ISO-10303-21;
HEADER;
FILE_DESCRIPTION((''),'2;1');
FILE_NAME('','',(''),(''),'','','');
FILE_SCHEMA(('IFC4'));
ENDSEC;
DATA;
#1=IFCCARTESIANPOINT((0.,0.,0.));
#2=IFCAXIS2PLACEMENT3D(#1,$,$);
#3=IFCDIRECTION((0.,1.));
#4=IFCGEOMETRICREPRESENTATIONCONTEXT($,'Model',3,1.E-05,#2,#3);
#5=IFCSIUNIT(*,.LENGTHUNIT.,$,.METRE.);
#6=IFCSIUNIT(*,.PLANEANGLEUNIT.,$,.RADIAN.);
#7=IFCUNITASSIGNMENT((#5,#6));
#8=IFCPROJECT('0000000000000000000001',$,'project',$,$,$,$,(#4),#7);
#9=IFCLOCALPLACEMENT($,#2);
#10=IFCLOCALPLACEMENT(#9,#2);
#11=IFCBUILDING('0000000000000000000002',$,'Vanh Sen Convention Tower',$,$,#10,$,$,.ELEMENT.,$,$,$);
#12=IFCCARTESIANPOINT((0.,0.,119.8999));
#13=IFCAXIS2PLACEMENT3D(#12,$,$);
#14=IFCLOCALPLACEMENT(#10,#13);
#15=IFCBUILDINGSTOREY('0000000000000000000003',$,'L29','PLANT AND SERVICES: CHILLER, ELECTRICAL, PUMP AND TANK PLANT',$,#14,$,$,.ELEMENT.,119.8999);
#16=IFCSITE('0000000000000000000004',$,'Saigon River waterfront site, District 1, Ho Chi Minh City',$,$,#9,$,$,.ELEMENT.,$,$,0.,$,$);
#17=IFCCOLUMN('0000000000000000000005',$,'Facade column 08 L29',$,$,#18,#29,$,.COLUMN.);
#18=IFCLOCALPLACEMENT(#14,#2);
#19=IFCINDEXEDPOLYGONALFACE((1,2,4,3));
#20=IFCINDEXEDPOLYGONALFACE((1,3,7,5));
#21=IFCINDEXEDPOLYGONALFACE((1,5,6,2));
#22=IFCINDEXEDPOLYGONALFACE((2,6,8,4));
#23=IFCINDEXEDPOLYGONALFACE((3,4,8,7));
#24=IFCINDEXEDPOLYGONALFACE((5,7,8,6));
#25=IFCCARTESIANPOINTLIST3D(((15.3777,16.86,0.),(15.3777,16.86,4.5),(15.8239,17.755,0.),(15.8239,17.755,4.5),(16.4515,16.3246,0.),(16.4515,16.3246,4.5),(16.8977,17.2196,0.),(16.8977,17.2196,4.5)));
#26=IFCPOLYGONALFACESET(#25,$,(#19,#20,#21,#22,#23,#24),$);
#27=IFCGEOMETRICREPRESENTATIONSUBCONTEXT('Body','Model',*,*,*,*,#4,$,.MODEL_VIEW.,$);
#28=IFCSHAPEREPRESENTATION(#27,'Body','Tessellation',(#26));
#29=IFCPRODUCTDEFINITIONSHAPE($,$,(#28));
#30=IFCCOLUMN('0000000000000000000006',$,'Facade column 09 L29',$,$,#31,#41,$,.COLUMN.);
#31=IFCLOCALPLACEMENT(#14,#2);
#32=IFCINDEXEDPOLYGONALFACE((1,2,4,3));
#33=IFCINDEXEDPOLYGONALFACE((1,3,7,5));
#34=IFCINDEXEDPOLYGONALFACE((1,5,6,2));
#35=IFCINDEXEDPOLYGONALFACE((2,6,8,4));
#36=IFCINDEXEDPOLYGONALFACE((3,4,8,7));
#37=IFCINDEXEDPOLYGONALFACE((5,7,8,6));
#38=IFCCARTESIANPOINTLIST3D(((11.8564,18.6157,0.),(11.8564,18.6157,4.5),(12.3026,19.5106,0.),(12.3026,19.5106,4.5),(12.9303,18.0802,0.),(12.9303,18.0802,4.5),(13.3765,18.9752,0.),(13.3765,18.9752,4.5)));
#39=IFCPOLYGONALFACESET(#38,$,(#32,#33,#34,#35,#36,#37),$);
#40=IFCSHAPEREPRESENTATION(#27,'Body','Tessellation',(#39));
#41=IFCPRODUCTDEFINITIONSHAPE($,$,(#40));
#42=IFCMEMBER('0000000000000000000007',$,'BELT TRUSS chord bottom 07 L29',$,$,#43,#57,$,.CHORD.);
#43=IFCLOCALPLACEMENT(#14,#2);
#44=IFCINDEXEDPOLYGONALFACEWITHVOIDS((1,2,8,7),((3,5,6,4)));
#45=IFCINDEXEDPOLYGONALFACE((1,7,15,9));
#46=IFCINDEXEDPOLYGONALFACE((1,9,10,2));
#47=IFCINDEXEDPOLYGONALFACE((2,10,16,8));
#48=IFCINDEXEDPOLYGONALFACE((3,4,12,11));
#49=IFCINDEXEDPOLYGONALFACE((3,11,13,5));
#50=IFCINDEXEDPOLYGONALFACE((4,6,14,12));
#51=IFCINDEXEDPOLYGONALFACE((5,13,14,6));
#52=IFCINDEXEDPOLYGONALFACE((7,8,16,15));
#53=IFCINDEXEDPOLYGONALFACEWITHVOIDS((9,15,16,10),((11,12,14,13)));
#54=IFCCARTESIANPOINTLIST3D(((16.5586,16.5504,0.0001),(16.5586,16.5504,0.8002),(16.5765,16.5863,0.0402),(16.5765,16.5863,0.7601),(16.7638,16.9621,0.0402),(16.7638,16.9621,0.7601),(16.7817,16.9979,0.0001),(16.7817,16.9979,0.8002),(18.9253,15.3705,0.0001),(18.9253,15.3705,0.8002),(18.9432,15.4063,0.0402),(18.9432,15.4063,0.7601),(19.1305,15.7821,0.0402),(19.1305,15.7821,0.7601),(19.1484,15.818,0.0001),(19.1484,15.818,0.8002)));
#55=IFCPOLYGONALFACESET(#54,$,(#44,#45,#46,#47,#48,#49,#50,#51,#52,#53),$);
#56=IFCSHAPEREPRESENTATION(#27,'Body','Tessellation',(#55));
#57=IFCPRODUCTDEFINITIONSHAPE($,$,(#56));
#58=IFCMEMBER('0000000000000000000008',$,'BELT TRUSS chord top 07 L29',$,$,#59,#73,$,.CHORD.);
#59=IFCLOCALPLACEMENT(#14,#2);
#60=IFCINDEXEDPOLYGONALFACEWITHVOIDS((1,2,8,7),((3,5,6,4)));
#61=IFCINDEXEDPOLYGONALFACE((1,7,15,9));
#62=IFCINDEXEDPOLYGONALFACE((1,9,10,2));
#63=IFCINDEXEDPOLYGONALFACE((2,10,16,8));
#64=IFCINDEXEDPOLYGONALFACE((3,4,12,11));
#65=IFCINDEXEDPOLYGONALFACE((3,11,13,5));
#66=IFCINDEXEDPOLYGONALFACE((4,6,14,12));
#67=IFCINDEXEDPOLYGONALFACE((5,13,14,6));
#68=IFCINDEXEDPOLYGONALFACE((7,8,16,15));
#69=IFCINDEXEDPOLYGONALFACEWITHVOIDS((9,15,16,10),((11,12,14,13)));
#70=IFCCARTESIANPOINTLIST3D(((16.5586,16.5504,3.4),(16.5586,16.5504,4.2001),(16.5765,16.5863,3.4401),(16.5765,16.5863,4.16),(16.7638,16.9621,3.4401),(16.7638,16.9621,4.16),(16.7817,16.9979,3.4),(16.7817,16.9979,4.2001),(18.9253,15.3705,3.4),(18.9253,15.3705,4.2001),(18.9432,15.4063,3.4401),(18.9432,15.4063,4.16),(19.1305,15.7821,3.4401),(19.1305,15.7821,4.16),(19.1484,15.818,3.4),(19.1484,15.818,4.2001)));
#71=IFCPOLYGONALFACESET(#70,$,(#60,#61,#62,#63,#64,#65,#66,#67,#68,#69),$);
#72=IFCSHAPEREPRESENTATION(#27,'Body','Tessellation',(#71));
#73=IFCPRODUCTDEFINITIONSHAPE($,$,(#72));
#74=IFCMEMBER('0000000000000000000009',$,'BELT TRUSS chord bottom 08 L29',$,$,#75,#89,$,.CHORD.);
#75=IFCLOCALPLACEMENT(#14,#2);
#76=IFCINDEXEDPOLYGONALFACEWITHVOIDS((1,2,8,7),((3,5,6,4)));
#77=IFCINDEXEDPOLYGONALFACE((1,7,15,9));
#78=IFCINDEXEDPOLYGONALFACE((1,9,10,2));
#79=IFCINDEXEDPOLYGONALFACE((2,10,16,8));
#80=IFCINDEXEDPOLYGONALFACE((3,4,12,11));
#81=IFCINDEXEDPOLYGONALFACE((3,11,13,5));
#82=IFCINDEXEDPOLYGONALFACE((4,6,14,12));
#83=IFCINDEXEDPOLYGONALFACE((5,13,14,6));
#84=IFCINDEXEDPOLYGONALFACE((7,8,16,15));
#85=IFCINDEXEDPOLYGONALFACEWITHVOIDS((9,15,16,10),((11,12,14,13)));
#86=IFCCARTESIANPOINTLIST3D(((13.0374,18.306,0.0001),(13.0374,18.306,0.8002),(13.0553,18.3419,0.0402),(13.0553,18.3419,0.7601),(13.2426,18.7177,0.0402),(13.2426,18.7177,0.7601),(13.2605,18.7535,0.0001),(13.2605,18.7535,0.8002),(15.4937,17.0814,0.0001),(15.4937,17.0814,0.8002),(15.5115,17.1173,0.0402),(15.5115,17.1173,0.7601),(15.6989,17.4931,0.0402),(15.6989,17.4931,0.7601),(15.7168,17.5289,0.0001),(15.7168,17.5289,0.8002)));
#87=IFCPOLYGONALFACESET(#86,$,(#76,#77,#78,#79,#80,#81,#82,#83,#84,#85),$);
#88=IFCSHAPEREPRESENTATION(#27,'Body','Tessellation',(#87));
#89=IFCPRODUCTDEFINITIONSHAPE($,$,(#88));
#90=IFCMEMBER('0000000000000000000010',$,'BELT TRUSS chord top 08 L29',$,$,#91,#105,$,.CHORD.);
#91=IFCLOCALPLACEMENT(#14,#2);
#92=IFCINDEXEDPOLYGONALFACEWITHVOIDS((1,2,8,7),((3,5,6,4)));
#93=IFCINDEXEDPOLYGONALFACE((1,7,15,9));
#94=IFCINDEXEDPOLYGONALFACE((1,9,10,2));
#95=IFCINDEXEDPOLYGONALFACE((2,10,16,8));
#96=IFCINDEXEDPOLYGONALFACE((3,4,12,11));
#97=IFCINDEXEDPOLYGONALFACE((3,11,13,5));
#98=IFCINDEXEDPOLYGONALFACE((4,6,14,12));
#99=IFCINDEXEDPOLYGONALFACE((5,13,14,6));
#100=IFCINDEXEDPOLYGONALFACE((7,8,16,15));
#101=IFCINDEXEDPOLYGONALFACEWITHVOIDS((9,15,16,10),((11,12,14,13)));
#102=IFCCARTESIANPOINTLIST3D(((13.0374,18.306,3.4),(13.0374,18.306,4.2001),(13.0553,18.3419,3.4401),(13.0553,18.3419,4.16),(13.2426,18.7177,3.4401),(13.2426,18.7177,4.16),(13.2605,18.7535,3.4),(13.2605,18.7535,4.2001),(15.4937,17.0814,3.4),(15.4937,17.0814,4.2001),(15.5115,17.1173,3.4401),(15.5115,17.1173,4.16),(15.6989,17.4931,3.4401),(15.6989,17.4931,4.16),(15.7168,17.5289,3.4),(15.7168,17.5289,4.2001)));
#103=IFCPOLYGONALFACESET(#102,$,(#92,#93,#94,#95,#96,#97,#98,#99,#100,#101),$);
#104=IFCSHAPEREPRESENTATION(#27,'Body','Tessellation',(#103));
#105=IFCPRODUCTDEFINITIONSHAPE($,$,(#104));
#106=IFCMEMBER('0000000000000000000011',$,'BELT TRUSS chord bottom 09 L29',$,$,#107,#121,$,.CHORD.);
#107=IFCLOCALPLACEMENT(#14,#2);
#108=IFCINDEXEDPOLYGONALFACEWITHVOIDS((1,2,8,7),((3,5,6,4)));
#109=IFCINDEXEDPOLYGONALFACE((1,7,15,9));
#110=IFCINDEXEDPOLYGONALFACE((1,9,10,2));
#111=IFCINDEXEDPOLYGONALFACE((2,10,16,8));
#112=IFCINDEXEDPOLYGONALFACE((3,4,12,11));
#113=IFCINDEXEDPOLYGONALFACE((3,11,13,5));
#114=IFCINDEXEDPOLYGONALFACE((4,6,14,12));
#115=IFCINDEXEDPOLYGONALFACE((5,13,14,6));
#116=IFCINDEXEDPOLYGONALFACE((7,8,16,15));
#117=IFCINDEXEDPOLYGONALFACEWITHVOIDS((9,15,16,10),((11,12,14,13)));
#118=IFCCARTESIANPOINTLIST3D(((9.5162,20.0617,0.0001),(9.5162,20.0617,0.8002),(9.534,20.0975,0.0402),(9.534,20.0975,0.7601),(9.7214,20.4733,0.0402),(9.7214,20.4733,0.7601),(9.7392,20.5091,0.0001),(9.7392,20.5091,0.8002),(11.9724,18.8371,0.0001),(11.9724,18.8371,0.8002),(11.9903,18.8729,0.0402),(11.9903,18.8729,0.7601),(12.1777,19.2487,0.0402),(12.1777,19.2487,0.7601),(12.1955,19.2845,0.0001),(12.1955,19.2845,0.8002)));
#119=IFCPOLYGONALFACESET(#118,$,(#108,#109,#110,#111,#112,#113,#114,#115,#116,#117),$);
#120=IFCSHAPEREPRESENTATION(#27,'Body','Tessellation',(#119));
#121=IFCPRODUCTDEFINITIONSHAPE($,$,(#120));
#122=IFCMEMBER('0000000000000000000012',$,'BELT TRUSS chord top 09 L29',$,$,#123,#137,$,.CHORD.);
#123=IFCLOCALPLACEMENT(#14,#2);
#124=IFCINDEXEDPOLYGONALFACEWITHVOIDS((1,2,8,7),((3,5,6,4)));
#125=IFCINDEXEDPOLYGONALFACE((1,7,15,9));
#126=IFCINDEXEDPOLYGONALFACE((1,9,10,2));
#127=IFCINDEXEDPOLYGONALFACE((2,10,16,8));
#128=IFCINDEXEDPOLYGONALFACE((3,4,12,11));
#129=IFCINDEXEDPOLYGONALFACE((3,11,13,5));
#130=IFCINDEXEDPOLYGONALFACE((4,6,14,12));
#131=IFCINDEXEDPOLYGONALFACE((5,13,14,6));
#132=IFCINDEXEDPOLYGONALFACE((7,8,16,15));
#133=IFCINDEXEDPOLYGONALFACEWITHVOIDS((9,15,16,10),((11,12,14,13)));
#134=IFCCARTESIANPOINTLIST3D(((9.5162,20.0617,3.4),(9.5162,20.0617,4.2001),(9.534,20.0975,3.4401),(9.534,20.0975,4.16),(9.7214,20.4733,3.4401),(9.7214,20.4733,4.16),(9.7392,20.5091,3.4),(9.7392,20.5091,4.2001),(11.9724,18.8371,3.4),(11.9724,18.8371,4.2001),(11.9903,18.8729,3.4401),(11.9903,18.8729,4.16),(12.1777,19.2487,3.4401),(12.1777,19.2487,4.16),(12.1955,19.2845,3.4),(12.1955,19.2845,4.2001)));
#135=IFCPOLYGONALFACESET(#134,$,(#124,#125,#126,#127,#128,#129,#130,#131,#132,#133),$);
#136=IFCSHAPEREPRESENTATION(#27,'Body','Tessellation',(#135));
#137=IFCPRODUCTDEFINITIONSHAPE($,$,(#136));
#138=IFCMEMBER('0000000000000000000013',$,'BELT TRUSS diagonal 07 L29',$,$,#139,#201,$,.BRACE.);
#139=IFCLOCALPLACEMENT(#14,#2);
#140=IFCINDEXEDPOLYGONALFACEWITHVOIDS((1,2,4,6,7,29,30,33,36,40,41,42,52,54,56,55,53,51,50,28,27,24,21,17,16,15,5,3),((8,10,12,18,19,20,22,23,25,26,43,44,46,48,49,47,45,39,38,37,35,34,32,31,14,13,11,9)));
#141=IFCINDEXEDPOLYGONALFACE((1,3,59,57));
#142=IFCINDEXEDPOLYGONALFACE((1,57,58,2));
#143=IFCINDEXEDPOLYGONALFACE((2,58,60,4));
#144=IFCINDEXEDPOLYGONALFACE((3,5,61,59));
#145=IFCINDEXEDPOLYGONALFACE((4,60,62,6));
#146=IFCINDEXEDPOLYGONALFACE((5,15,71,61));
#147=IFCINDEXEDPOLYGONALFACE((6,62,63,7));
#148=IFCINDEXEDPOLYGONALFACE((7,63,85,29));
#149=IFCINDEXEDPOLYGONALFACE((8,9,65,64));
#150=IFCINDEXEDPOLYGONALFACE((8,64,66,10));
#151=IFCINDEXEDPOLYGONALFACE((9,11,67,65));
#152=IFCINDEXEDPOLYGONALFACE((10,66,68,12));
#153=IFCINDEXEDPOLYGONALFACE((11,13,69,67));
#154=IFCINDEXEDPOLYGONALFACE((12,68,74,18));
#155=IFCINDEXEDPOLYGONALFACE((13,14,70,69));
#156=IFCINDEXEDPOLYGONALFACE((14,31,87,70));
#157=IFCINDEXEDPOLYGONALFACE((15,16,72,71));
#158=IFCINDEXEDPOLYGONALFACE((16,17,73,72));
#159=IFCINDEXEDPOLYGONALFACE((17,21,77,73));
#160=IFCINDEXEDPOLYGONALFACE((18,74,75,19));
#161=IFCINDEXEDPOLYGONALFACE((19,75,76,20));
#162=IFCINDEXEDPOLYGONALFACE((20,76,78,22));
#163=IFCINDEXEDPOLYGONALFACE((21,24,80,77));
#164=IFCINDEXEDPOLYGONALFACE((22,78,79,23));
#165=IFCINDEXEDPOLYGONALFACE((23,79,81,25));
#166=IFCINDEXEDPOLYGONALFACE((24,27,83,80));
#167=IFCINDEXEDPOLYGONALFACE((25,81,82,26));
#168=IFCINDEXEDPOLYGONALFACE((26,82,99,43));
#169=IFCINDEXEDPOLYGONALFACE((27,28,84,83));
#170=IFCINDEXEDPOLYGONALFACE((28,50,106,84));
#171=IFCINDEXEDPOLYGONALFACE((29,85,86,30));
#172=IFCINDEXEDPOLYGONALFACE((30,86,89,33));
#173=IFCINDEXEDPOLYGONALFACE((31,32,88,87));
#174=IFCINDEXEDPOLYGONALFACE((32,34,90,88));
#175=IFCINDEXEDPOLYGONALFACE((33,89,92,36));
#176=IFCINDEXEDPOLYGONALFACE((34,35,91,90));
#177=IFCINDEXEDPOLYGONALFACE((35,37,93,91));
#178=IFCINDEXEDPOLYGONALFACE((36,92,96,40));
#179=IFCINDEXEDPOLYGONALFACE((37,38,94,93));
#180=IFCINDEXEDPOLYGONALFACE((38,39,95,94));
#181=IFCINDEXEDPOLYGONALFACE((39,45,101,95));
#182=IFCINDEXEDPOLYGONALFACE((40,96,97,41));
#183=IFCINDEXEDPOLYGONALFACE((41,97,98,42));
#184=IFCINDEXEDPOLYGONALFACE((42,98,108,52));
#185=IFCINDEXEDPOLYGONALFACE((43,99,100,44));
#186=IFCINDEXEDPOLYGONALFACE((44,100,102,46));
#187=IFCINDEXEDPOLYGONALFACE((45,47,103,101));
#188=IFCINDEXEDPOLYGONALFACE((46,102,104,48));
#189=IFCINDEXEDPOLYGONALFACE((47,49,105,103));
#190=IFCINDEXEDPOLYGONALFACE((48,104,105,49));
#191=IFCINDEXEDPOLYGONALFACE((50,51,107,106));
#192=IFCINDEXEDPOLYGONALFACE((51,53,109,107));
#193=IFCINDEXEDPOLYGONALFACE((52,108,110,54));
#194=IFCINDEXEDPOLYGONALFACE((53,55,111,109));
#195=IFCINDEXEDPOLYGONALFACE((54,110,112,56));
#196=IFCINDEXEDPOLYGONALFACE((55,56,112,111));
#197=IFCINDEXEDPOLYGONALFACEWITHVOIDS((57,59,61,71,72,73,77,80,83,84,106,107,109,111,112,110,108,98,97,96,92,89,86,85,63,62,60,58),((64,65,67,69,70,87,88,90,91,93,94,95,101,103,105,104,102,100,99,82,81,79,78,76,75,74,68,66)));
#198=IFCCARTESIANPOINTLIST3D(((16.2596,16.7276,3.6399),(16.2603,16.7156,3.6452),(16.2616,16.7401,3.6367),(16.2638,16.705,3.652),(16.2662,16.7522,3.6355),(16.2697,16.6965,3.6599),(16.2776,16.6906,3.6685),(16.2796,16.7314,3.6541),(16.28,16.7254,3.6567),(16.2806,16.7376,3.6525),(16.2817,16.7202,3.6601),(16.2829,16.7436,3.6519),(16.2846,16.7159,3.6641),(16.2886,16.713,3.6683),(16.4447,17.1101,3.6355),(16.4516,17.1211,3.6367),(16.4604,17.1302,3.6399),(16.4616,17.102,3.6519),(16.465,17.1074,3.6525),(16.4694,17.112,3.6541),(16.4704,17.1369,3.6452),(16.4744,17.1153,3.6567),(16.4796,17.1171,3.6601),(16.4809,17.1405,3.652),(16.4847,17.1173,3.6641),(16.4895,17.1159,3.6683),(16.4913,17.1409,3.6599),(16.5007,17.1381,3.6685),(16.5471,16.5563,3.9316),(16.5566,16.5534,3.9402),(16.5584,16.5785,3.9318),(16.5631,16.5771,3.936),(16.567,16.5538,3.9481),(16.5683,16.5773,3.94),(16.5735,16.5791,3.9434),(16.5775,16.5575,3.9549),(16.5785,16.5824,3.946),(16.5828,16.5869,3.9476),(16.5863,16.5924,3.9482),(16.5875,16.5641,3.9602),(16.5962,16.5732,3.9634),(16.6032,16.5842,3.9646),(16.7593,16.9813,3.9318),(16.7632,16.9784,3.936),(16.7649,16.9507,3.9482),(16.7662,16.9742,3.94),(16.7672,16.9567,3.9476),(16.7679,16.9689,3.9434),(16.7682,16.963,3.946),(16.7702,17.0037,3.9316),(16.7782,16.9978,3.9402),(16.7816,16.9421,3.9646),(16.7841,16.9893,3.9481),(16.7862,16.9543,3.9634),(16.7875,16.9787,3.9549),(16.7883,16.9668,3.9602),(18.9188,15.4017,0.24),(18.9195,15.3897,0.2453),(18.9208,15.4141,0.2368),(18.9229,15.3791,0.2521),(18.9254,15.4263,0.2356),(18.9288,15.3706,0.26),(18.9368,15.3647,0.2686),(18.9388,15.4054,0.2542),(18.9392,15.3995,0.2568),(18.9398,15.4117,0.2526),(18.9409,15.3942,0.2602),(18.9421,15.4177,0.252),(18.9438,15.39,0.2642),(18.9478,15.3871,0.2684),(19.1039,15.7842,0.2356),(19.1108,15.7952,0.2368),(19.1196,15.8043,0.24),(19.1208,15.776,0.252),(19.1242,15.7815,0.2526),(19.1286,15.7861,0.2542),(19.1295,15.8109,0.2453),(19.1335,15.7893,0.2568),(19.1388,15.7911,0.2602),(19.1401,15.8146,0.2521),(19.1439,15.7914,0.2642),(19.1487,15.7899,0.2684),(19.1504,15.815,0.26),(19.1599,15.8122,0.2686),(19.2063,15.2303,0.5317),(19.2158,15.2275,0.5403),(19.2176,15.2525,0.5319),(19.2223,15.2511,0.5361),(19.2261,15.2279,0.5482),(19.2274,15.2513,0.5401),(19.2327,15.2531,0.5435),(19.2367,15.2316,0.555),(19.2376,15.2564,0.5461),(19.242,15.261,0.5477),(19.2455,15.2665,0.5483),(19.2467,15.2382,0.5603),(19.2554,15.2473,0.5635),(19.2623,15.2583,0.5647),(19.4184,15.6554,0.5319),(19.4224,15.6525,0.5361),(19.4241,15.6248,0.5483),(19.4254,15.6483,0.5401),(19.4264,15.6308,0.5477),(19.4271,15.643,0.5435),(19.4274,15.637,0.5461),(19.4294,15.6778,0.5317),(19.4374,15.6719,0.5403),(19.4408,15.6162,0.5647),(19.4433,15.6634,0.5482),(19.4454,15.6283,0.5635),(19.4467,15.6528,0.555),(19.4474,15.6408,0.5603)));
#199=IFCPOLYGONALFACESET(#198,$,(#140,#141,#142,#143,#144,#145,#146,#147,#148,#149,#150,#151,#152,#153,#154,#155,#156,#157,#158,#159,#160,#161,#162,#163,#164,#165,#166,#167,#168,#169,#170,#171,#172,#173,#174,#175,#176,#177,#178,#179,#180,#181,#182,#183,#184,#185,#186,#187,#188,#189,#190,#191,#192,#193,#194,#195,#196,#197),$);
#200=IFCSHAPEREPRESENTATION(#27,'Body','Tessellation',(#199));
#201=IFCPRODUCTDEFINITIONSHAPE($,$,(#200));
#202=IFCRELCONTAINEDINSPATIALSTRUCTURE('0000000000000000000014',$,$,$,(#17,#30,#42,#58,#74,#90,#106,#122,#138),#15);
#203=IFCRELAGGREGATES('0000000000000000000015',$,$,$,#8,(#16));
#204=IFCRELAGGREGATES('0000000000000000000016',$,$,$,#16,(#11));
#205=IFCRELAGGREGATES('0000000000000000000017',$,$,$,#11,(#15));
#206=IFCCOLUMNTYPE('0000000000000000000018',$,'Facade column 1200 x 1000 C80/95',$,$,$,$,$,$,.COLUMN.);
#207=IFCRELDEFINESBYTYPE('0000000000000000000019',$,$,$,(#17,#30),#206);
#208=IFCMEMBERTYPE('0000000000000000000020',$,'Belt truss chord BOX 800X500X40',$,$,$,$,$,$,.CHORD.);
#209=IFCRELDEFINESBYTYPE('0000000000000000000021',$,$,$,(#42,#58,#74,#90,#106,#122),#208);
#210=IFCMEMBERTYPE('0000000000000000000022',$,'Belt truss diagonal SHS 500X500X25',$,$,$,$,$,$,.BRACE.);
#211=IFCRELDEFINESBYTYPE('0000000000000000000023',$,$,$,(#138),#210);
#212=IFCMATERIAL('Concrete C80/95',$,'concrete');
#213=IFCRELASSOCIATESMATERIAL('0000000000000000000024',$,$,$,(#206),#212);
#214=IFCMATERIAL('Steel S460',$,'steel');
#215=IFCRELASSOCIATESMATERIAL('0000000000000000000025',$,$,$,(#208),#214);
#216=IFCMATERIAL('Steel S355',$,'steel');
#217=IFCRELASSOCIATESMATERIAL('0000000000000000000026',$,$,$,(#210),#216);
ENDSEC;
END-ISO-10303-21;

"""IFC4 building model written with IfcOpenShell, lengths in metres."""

from ifc_helpers import new_model, si_unit, direction, frame, origin, origin_2d, place, context, subcontext, project, spatial, rectangle, hollow_rectangle, extrude, material, material_profile, profile_set, type_object, element, save


model = new_model("IFC4")

# Units and contexts
model_context = context("Model", 3, precision=1e-05, world=origin(), true_north=direction((0.0, 1.0)))
body_context = subcontext(model_context, "Body", "Model", "MODEL_VIEW")
ifc_project = project(units=[si_unit("LENGTHUNIT", "METRE"), si_unit("PLANEANGLEUNIT", "RADIAN")], contexts=[model_context])

# Site, building, storey
site_placement = place(None, origin())
site = spatial("IfcSite", under=ifc_project, at=site_placement, Name="Saigon River waterfront site, District 1, Ho Chi Minh City", CompositionType="ELEMENT", RefElevation=0.0)
building_placement = place(site_placement, origin())
building = spatial("IfcBuilding", under=site, at=building_placement, Name="Vanh Sen Convention Tower", CompositionType="ELEMENT")
storey_placement = place(building_placement, frame((0.0, 0.0, 119.8999)))
storey = spatial("IfcBuildingStorey", under=building, at=storey_placement, Name="L29", Description="PLANT AND SERVICES: CHILLER, ELECTRICAL, PUMP AND TANK PLANT", CompositionType="ELEMENT", Elevation=119.8999)

# Columns
ifc_material_1 = material(Name="Concrete C80/95", Category="concrete")
ifc_material_profile_1 = material_profile(ifc_material_1, rectangle(XDim=1.2, YDim=1.0, at=origin_2d()), Name="RC 1200X1000")
ifc_profile_set_1 = profile_set([ifc_material_profile_1], Name="Concrete C80/95")
column_type = type_object("IfcColumnType", Name="Facade column 1200 x 1000 C80/95", PredefinedType="COLUMN", material=ifc_profile_set_1)
for number, where, z_axis, x_axis, name in (
    (1, (16.1377, 17.0398, 0.0), (0.0, 0.0, 1.0), (-0.894934, 0.446198, 0.0), "Facade column 08 L29"),
    (2, (12.6165, 18.7954, 0.0), (0.0, 0.0, 1.0), (-0.894934, 0.446198, 0.0), "Facade column 09 L29"),
):
    element("IfcColumn", number, at=place(storey_placement, frame(where, z_axis=z_axis, x_axis=x_axis)), inside=storey, type_object=column_type, Name=name, PredefinedType="COLUMN", context=body_context, shape_type="SweptSolid", body=[
        extrude(rectangle(XDim=1.2, YDim=1.0, at=origin_2d()), origin(), (0.0, 0.0, 1.0), 4.5),
    ])

# Members
ifc_material_2 = material(Name="Steel S460", Category="steel")
ifc_material_profile_2 = material_profile(ifc_material_2, hollow_rectangle(XDim=0.5, YDim=0.8, WallThickness=0.04, at=origin_2d()), Name="BOX 800X500X40")
ifc_profile_set_2 = profile_set([ifc_material_profile_2], Name="Steel S460")
member_type_1 = type_object("IfcMemberType", Name="Belt truss chord BOX 800X500X40", PredefinedType="CHORD", material=ifc_profile_set_2)
for number, where, z_axis, x_axis, name in (
    (3, (19.0369, 15.5942, 0.4001), (-0.894944, 0.446179, 0.0), (-0.446179, -0.894944, 0.0), "BELT TRUSS chord bottom 07 L29"),
    (4, (19.0369, 15.5942, 3.8), (-0.894944, 0.446179, 0.0), (-0.446179, -0.894944, 0.0), "BELT TRUSS chord top 07 L29"),
):
    element("IfcMember", number, at=place(storey_placement, frame(where, z_axis=z_axis, x_axis=x_axis)), inside=storey, type_object=member_type_1, Name=name, PredefinedType="CHORD", context=body_context, shape_type="SweptSolid", body=[
        extrude(hollow_rectangle(XDim=0.5, YDim=0.8, WallThickness=0.04, at=origin_2d()), origin(), (0.0, 0.0, 1.0), 2.6445),
    ])
for number, where, z_axis, x_axis, name in (
    (5, (15.6052, 17.3052, 0.4001), (-0.894943, 0.446181, 0.0), (-0.446181, -0.894943, 0.0), "BELT TRUSS chord bottom 08 L29"),
    (6, (15.6052, 17.3052, 3.8), (-0.894943, 0.446181, 0.0), (-0.446181, -0.894943, 0.0), "BELT TRUSS chord top 08 L29"),
    (7, (12.084, 19.0608, 0.4001), (-0.894943, 0.446181, 0.0), (-0.446181, -0.894943, 0.0), "BELT TRUSS chord bottom 09 L29"),
    (8, (12.084, 19.0608, 3.8), (-0.894943, 0.446181, 0.0), (-0.446181, -0.894943, 0.0), "BELT TRUSS chord top 09 L29"),
):
    element("IfcMember", number, at=place(storey_placement, frame(where, z_axis=z_axis, x_axis=x_axis)), inside=storey, type_object=member_type_1, Name=name, PredefinedType="CHORD", context=body_context, shape_type="SweptSolid", body=[
        extrude(hollow_rectangle(XDim=0.5, YDim=0.8, WallThickness=0.04, at=origin_2d()), origin(), (0.0, 0.0, 1.0), 2.7446),
    ])
ifc_material_3 = material(Name="Steel S355", Category="steel")
ifc_material_profile_3 = material_profile(ifc_material_3, hollow_rectangle(XDim=0.5, YDim=0.5, WallThickness=0.0249, InnerFilletRadius=0.0249, OuterFilletRadius=0.05, at=origin_2d()), Name="SHS 500X500X25")
ifc_profile_set_3 = profile_set([ifc_material_profile_3], Name="Steel S355")
member_type_2 = type_object("IfcMemberType", Name="Belt truss diagonal SHS 500X500X25", PredefinedType="BRACE", material=ifc_profile_set_3)
member_1_placement = place(storey_placement, frame((19.1831, 15.5212, 0.4001), z_axis=(-0.588916, 0.293647, 0.75296), x_axis=(-0.446227, -0.89492, 0.0)))
element("IfcMember", 9, at=member_1_placement, inside=storey, type_object=member_type_2, Name="BELT TRUSS diagonal 07 L29", PredefinedType="BRACE", context=body_context, shape_type="SweptSolid", body=[
    extrude(hollow_rectangle(XDim=0.5, YDim=0.5, WallThickness=0.0249, InnerFilletRadius=0.0249, OuterFilletRadius=0.05, at=origin_2d()), origin(), (0.0, 0.0, 1.0), 4.5154),
])

save(model, "model.ifc")
